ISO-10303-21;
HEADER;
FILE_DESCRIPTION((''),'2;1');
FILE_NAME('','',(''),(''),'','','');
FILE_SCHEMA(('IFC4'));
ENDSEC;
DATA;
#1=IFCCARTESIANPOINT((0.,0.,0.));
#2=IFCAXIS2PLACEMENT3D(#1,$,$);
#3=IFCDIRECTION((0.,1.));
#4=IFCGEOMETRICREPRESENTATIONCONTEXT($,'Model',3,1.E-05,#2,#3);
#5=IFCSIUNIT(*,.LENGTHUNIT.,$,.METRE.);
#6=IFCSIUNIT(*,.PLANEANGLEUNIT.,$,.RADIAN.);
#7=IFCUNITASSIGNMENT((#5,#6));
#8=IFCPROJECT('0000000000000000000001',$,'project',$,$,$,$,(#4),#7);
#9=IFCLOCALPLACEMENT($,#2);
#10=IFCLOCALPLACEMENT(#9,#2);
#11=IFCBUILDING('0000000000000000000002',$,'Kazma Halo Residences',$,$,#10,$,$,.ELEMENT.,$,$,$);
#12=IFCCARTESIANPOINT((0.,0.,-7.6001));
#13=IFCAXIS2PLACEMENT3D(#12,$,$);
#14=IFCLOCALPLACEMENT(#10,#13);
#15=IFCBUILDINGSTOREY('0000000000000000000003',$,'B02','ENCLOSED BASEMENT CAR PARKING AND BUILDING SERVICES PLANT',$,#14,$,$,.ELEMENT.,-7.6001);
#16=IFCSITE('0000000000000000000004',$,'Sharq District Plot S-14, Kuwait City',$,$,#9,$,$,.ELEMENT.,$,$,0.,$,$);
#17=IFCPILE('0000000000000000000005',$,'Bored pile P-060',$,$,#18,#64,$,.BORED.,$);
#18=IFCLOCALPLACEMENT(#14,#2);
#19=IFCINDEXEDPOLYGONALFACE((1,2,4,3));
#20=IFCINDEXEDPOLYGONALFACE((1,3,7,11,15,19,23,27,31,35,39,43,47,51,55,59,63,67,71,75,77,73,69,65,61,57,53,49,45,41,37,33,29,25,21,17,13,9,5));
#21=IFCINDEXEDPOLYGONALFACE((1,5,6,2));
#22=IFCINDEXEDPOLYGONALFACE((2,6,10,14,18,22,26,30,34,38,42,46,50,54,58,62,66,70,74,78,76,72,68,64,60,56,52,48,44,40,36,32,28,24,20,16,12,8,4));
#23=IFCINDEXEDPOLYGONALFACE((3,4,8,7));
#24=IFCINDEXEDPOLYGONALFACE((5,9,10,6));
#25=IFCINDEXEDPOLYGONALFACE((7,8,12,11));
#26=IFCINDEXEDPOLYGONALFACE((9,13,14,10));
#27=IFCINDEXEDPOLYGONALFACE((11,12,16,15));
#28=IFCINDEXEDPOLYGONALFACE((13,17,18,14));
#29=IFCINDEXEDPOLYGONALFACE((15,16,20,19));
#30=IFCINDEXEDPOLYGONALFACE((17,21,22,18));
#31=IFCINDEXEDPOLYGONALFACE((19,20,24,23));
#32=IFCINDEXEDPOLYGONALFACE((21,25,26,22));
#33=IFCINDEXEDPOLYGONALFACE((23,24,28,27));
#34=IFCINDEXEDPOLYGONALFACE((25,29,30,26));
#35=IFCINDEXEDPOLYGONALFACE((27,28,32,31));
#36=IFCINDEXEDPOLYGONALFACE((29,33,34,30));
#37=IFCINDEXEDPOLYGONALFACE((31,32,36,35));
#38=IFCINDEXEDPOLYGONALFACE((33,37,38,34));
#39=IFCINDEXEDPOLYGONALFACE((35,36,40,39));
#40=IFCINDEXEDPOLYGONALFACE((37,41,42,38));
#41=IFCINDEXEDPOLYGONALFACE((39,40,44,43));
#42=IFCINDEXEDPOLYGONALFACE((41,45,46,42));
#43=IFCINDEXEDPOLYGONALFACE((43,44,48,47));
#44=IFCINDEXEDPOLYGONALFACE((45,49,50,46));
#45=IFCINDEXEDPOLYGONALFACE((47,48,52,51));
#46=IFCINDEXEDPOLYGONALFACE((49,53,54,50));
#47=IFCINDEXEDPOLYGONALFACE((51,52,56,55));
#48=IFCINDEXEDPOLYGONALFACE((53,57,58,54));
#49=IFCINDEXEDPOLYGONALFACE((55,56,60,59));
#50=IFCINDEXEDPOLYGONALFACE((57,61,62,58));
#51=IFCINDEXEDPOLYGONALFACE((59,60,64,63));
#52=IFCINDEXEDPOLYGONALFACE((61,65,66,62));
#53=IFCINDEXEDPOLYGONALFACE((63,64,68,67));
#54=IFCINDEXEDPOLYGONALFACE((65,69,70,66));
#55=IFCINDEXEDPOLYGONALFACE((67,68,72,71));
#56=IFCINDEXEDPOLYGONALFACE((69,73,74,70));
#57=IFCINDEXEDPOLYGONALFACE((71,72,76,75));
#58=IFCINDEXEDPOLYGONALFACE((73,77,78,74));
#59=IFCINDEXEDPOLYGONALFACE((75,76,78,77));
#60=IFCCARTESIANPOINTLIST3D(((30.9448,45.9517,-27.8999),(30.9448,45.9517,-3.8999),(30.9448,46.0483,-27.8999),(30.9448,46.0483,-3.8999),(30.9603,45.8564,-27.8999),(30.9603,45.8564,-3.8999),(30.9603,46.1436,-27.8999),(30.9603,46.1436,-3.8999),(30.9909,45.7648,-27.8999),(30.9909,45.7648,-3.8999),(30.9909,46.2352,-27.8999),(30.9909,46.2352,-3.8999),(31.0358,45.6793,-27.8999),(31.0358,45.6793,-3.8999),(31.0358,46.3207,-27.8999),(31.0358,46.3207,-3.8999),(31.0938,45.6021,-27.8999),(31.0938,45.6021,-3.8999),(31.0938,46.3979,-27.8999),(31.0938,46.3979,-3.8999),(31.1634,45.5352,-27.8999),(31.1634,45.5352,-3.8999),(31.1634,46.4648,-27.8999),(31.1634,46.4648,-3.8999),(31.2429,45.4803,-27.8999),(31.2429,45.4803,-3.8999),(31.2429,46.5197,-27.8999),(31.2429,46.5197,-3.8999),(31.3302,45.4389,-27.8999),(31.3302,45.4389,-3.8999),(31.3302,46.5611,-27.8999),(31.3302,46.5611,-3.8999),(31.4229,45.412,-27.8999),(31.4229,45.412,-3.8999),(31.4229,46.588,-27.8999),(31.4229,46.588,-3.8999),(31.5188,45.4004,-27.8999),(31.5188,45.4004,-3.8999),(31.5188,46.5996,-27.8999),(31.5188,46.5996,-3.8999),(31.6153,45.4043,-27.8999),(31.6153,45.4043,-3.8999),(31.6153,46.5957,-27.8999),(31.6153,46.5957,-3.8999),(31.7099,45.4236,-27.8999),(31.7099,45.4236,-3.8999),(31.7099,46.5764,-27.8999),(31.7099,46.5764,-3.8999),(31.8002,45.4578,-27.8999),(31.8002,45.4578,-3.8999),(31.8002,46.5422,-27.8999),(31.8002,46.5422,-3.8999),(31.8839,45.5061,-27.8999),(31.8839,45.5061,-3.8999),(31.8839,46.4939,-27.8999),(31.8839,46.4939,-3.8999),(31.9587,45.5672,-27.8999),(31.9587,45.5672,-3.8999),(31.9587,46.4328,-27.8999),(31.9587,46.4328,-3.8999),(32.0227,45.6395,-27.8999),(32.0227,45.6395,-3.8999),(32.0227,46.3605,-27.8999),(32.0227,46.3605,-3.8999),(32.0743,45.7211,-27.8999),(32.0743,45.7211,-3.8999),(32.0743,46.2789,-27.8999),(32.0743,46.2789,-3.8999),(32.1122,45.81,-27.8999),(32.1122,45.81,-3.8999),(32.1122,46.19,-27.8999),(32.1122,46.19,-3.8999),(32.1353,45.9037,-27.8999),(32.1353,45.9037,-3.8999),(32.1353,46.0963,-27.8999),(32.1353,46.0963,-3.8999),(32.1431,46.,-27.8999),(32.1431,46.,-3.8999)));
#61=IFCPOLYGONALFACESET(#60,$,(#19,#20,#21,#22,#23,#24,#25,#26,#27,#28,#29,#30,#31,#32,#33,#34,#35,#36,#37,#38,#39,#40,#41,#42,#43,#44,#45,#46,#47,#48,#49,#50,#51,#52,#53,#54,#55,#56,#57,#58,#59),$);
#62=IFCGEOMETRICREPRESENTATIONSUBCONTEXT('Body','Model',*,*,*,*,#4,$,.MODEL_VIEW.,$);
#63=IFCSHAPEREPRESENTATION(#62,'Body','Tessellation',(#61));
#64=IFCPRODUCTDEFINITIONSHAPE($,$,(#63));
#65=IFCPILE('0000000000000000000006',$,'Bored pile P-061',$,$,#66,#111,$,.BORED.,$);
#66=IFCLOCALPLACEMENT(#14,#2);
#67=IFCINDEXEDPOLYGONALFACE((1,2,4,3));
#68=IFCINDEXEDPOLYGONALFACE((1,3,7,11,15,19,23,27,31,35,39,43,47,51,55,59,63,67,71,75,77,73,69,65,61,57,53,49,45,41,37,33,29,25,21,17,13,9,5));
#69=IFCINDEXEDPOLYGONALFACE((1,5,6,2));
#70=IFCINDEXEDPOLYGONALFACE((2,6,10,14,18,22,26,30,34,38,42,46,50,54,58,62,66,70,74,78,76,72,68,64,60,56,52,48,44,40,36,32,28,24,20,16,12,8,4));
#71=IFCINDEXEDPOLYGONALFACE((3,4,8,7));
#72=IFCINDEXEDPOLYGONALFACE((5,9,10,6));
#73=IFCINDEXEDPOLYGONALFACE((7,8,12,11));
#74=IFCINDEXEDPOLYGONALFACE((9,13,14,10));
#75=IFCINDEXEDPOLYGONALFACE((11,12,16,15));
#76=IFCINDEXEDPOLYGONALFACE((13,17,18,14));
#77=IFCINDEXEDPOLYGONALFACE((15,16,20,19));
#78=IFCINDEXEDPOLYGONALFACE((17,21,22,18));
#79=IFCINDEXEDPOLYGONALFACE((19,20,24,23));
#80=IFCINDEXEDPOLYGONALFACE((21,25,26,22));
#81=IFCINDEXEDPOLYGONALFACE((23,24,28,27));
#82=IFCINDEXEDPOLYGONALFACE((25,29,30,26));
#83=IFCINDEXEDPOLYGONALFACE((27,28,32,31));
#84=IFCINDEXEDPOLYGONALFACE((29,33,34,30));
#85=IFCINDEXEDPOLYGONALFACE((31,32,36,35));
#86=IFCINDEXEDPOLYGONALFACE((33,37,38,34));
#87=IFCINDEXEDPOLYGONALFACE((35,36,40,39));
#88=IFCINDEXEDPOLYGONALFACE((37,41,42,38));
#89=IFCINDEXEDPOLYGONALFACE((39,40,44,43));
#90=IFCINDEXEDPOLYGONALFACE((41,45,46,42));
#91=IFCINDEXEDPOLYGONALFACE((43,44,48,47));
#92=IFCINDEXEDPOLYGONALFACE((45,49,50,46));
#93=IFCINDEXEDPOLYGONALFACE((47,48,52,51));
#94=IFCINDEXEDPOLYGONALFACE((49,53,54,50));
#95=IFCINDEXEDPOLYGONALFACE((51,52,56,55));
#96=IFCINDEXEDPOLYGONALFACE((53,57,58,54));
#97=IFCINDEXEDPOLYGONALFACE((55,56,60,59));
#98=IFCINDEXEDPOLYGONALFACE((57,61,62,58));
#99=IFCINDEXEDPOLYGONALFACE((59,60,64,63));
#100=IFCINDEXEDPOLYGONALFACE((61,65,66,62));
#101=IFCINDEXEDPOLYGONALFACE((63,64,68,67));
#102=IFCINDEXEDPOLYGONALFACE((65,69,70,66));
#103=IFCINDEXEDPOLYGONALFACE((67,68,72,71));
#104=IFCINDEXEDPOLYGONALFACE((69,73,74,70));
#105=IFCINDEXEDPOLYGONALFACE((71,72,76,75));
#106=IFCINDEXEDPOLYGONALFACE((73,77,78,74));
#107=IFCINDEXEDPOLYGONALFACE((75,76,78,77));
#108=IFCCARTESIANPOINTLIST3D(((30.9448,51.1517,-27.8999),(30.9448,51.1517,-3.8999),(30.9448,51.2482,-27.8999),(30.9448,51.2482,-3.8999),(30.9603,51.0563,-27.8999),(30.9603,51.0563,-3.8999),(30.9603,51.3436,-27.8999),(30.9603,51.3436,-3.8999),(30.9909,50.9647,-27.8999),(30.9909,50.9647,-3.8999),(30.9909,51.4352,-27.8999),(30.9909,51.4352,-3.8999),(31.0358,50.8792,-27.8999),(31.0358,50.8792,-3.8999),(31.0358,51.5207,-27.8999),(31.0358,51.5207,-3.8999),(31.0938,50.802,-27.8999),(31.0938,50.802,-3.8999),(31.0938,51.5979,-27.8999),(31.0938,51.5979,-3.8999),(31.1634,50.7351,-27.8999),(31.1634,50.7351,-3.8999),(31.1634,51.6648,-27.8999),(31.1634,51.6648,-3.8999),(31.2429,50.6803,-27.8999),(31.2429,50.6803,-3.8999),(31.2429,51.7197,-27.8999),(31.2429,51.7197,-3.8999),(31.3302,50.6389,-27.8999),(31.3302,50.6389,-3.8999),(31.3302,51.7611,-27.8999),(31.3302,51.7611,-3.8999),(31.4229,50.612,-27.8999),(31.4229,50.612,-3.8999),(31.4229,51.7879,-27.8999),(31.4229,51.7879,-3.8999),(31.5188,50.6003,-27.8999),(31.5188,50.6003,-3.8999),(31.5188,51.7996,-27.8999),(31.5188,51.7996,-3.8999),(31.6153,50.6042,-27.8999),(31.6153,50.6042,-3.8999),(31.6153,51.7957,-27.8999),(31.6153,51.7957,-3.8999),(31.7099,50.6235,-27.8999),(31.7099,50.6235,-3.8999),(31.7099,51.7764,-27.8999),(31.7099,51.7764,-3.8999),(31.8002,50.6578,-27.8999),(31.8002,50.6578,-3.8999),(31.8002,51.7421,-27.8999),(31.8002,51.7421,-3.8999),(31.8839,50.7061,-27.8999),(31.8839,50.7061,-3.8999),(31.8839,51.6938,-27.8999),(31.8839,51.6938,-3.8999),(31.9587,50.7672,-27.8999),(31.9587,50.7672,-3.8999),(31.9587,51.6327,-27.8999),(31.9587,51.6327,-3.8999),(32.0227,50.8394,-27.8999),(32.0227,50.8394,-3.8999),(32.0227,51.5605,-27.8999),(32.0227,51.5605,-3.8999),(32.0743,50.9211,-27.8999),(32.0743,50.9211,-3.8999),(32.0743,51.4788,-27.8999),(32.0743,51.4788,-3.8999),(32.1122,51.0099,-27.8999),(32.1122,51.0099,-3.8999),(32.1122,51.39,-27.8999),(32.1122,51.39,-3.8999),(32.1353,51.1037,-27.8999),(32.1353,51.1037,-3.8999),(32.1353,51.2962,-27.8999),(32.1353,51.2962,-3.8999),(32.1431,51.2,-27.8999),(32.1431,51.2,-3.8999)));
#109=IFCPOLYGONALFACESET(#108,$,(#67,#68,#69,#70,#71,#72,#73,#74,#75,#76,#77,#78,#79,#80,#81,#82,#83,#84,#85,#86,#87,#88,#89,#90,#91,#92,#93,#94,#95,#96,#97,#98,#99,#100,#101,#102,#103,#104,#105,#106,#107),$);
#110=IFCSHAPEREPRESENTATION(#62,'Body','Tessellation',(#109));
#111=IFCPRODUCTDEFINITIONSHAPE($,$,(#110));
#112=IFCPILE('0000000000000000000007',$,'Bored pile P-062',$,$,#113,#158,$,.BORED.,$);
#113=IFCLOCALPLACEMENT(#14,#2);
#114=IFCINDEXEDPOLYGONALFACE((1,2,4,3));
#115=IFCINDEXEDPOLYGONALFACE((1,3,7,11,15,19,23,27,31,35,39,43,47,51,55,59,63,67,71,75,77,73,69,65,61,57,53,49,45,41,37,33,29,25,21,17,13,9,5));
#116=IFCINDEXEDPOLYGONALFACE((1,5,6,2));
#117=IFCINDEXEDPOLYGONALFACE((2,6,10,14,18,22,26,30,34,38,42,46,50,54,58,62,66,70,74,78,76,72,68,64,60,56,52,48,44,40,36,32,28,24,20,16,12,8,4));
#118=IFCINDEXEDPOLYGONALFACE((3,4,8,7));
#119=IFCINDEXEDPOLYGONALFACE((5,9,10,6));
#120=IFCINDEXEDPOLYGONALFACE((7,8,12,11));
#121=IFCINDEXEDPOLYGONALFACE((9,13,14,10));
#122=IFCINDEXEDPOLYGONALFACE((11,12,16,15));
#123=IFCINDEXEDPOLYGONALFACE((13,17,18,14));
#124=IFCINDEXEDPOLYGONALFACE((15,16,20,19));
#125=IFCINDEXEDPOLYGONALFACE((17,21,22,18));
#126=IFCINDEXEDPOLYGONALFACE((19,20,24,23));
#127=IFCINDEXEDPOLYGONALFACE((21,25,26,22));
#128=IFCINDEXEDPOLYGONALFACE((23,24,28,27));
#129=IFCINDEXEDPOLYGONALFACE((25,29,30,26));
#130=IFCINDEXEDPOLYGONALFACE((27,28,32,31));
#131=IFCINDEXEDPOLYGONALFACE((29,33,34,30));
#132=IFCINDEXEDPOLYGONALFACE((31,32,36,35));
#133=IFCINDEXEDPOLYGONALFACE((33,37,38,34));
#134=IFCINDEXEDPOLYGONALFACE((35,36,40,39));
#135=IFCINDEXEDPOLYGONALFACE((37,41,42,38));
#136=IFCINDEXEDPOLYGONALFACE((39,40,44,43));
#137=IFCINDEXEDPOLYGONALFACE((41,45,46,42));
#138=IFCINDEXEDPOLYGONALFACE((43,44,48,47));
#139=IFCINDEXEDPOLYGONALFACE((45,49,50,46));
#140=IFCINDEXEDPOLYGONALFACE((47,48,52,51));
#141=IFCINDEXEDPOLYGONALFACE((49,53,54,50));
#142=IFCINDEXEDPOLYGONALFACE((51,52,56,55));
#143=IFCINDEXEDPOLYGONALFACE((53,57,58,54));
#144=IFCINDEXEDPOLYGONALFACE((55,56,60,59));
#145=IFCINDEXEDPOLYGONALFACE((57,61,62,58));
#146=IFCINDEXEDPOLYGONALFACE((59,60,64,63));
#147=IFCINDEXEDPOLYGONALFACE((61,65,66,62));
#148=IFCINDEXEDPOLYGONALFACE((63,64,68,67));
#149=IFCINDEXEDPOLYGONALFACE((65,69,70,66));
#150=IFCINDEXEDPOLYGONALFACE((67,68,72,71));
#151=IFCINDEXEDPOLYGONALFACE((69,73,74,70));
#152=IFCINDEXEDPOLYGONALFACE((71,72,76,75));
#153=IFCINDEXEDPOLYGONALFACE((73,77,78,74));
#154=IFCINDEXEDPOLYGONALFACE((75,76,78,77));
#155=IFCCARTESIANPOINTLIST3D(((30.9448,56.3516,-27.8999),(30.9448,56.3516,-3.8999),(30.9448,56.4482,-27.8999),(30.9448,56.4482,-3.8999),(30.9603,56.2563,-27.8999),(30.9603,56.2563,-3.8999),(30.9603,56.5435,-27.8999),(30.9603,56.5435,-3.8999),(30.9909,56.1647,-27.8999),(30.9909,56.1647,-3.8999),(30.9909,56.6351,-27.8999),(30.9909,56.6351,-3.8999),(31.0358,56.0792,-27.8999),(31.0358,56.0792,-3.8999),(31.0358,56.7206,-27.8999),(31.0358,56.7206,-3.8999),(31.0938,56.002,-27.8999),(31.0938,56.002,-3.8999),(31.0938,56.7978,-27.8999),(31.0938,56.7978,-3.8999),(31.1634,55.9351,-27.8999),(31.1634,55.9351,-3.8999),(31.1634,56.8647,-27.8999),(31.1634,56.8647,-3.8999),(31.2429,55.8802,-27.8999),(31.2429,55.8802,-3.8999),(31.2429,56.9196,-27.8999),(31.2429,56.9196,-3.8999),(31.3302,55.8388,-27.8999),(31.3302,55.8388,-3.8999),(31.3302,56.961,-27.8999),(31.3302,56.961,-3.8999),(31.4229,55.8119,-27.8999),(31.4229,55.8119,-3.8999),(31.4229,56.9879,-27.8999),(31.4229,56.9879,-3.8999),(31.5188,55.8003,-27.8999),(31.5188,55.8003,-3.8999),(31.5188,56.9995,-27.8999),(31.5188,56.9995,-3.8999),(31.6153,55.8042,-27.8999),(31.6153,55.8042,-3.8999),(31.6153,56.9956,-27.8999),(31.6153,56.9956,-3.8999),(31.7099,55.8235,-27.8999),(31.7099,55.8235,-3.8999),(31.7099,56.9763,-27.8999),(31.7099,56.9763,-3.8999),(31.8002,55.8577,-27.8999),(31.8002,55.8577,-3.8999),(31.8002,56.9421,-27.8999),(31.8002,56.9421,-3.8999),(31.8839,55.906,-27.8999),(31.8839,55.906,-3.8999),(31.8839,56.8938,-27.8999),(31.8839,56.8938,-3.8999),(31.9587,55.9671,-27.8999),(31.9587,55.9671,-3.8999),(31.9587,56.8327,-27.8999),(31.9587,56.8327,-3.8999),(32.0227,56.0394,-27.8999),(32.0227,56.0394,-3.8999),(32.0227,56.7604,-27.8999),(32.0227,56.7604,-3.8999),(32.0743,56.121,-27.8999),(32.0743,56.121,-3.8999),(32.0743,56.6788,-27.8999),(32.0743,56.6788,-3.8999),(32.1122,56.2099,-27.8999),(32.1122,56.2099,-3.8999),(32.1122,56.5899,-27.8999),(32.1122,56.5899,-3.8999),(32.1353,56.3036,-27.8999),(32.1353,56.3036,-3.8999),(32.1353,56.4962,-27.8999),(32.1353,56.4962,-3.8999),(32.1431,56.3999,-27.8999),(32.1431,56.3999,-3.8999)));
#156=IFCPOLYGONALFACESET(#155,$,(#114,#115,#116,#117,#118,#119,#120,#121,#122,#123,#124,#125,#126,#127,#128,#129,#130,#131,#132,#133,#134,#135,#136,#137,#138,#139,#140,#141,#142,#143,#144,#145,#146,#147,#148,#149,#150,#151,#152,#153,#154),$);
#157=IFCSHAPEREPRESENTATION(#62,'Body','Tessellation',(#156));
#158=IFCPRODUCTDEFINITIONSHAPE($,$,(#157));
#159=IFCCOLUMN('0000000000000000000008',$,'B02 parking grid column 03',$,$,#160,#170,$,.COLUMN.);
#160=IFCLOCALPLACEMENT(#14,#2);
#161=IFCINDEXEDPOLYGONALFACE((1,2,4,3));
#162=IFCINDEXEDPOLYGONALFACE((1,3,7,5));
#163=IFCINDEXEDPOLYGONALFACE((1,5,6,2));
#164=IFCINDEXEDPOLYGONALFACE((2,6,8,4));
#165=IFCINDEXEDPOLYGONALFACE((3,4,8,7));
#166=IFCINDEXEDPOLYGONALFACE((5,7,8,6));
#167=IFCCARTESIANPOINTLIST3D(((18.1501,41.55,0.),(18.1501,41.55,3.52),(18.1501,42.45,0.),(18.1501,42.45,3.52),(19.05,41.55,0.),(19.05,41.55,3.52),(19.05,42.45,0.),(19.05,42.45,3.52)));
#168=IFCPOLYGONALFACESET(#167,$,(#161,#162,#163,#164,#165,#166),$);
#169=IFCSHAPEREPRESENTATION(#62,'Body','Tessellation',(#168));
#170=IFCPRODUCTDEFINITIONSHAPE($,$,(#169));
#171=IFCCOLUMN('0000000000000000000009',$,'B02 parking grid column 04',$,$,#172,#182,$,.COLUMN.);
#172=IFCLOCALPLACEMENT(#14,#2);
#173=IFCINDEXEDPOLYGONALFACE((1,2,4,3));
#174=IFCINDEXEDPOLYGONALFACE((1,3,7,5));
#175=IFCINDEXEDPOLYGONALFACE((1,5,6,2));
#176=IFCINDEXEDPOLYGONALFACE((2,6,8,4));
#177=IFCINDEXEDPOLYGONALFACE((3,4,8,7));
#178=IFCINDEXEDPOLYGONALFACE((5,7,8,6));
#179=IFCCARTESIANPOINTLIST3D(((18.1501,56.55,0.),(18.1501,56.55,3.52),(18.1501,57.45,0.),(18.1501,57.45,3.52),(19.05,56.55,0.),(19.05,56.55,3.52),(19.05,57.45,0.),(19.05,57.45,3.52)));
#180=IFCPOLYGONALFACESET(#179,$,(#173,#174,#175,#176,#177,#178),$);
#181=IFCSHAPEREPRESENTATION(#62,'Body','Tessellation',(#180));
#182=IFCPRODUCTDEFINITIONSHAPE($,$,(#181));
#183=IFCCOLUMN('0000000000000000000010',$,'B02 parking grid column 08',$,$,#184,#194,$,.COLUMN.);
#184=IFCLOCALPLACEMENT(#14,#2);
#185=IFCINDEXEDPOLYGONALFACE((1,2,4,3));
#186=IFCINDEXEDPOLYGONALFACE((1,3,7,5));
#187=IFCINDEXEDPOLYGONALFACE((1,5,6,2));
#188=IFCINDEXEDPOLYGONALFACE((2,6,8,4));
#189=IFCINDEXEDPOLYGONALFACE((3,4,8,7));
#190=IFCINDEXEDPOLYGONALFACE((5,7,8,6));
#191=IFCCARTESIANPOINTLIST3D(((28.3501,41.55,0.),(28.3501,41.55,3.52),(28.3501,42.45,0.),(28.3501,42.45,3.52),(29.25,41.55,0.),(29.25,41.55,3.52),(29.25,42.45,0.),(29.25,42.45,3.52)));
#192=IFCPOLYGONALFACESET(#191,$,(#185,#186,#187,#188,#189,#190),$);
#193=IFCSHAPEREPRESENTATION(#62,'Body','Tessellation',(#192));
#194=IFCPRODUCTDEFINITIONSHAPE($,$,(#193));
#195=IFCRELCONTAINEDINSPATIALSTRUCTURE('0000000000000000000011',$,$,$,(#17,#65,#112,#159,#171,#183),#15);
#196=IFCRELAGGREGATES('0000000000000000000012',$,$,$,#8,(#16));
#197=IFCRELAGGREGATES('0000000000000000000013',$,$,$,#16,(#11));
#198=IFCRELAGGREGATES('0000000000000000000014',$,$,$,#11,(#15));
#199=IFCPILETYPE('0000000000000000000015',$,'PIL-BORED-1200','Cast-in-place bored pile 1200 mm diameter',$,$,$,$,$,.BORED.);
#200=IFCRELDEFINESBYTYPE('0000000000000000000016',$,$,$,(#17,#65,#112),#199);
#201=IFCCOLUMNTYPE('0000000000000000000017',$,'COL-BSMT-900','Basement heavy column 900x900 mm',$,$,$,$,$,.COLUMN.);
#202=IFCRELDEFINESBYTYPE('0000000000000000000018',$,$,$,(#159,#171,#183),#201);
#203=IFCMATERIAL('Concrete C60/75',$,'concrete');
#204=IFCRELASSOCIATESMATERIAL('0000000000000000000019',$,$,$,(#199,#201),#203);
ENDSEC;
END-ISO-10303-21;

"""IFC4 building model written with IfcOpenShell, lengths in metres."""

from ifc_helpers import new_model, si_unit, direction, frame, origin, origin_2d, place, context, subcontext, project, spatial, rectangle, circle, extrude, material, material_profile, profile_set, type_object, element, save


model = new_model("IFC4")

# Units and contexts
model_context = context("Model", 3, precision=1e-05, world=origin(), true_north=direction((0.0, 1.0)))
body_context = subcontext(model_context, "Body", "Model", "MODEL_VIEW")
ifc_project = project(units=[si_unit("LENGTHUNIT", "METRE"), si_unit("PLANEANGLEUNIT", "RADIAN")], contexts=[model_context])

# Site, building, storey
site_placement = place(None, origin())
site = spatial("IfcSite", under=ifc_project, at=site_placement, Name="Sharq District Plot S-14, Kuwait City", CompositionType="ELEMENT", RefElevation=0.0)
building_placement = place(site_placement, origin())
building = spatial("IfcBuilding", under=site, at=building_placement, Name="Kazma Halo Residences", CompositionType="ELEMENT")
storey_placement = place(building_placement, frame((0.0, 0.0, -7.6001)))
storey = spatial("IfcBuildingStorey", under=building, at=storey_placement, Name="B02", Description="ENCLOSED BASEMENT CAR PARKING AND BUILDING SERVICES PLANT", CompositionType="ELEMENT", Elevation=-7.6001)

# Piles
ifc_material_1 = material(Name="Concrete C60/75", Category="concrete")
ifc_material_profile_1 = material_profile(ifc_material_1, circle(Radius=0.6001, at=origin_2d()), Name="CIRC1200")
ifc_profile_set_1 = profile_set([ifc_material_profile_1], Name="Concrete C60/75")
pile_type = type_object("IfcPileType", Name="PIL-BORED-1200", Description="Cast-in-place bored pile 1200 mm diameter", PredefinedType="BORED", material=ifc_profile_set_1)
for number, where, z_axis, x_axis, name in (
    (1, (31.543, 46.0, -3.8999), (0.0, 0.0, -1.0), (1.0, 0.0, 0.0), "Bored pile P-060"),
    (2, (31.543, 51.2, -3.8999), (0.0, 0.0, -1.0), (1.0, 0.0, 0.0), "Bored pile P-061"),
    (3, (31.543, 56.3999, -3.8999), (0.0, 0.0, -1.0), (1.0, 0.0, 0.0), "Bored pile P-062"),
):
    element("IfcPile", number, at=place(storey_placement, frame(where, z_axis=z_axis, x_axis=x_axis)), inside=storey, type_object=pile_type, Name=name, PredefinedType="BORED", context=body_context, shape_type="SweptSolid", body=[
        extrude(circle(Radius=0.6001, at=origin_2d()), origin(), (0.0, 0.0, 1.0), 24.0),
    ])

# Columns
ifc_material_profile_2 = material_profile(ifc_material_1, rectangle(XDim=0.8999, YDim=0.8999, at=origin_2d()), Name="RECT900x900")
ifc_profile_set_2 = profile_set([ifc_material_profile_2], Name="Concrete C60/75")
column_type_1 = type_object("IfcColumnType", Name="COL-BSMT-900", Description="Basement heavy column 900x900 mm", PredefinedType="COLUMN", material=ifc_profile_set_2)
for number, where, z_axis, x_axis, name in (
    (4, (18.6001, 42.0, 0.0), (0.0, 0.0, 1.0), (1.0, 0.0, 0.0), "B02 parking grid column 03"),
    (5, (18.6001, 57.0, 0.0), (0.0, 0.0, 1.0), (1.0, 0.0, 0.0), "B02 parking grid column 04"),
    (6, (28.8, 42.0, 0.0), (0.0, 0.0, 1.0), (1.0, 0.0, 0.0), "B02 parking grid column 08"),
):
    element("IfcColumn", number, at=place(storey_placement, frame(where, z_axis=z_axis, x_axis=x_axis)), inside=storey, type_object=column_type_1, Name=name, PredefinedType="COLUMN", context=body_context, shape_type="SweptSolid", body=[
        extrude(rectangle(XDim=0.8999, YDim=0.8999, at=origin_2d()), origin(), (0.0, 0.0, 1.0), 3.52),
    ])

save(model, "model.ifc")
